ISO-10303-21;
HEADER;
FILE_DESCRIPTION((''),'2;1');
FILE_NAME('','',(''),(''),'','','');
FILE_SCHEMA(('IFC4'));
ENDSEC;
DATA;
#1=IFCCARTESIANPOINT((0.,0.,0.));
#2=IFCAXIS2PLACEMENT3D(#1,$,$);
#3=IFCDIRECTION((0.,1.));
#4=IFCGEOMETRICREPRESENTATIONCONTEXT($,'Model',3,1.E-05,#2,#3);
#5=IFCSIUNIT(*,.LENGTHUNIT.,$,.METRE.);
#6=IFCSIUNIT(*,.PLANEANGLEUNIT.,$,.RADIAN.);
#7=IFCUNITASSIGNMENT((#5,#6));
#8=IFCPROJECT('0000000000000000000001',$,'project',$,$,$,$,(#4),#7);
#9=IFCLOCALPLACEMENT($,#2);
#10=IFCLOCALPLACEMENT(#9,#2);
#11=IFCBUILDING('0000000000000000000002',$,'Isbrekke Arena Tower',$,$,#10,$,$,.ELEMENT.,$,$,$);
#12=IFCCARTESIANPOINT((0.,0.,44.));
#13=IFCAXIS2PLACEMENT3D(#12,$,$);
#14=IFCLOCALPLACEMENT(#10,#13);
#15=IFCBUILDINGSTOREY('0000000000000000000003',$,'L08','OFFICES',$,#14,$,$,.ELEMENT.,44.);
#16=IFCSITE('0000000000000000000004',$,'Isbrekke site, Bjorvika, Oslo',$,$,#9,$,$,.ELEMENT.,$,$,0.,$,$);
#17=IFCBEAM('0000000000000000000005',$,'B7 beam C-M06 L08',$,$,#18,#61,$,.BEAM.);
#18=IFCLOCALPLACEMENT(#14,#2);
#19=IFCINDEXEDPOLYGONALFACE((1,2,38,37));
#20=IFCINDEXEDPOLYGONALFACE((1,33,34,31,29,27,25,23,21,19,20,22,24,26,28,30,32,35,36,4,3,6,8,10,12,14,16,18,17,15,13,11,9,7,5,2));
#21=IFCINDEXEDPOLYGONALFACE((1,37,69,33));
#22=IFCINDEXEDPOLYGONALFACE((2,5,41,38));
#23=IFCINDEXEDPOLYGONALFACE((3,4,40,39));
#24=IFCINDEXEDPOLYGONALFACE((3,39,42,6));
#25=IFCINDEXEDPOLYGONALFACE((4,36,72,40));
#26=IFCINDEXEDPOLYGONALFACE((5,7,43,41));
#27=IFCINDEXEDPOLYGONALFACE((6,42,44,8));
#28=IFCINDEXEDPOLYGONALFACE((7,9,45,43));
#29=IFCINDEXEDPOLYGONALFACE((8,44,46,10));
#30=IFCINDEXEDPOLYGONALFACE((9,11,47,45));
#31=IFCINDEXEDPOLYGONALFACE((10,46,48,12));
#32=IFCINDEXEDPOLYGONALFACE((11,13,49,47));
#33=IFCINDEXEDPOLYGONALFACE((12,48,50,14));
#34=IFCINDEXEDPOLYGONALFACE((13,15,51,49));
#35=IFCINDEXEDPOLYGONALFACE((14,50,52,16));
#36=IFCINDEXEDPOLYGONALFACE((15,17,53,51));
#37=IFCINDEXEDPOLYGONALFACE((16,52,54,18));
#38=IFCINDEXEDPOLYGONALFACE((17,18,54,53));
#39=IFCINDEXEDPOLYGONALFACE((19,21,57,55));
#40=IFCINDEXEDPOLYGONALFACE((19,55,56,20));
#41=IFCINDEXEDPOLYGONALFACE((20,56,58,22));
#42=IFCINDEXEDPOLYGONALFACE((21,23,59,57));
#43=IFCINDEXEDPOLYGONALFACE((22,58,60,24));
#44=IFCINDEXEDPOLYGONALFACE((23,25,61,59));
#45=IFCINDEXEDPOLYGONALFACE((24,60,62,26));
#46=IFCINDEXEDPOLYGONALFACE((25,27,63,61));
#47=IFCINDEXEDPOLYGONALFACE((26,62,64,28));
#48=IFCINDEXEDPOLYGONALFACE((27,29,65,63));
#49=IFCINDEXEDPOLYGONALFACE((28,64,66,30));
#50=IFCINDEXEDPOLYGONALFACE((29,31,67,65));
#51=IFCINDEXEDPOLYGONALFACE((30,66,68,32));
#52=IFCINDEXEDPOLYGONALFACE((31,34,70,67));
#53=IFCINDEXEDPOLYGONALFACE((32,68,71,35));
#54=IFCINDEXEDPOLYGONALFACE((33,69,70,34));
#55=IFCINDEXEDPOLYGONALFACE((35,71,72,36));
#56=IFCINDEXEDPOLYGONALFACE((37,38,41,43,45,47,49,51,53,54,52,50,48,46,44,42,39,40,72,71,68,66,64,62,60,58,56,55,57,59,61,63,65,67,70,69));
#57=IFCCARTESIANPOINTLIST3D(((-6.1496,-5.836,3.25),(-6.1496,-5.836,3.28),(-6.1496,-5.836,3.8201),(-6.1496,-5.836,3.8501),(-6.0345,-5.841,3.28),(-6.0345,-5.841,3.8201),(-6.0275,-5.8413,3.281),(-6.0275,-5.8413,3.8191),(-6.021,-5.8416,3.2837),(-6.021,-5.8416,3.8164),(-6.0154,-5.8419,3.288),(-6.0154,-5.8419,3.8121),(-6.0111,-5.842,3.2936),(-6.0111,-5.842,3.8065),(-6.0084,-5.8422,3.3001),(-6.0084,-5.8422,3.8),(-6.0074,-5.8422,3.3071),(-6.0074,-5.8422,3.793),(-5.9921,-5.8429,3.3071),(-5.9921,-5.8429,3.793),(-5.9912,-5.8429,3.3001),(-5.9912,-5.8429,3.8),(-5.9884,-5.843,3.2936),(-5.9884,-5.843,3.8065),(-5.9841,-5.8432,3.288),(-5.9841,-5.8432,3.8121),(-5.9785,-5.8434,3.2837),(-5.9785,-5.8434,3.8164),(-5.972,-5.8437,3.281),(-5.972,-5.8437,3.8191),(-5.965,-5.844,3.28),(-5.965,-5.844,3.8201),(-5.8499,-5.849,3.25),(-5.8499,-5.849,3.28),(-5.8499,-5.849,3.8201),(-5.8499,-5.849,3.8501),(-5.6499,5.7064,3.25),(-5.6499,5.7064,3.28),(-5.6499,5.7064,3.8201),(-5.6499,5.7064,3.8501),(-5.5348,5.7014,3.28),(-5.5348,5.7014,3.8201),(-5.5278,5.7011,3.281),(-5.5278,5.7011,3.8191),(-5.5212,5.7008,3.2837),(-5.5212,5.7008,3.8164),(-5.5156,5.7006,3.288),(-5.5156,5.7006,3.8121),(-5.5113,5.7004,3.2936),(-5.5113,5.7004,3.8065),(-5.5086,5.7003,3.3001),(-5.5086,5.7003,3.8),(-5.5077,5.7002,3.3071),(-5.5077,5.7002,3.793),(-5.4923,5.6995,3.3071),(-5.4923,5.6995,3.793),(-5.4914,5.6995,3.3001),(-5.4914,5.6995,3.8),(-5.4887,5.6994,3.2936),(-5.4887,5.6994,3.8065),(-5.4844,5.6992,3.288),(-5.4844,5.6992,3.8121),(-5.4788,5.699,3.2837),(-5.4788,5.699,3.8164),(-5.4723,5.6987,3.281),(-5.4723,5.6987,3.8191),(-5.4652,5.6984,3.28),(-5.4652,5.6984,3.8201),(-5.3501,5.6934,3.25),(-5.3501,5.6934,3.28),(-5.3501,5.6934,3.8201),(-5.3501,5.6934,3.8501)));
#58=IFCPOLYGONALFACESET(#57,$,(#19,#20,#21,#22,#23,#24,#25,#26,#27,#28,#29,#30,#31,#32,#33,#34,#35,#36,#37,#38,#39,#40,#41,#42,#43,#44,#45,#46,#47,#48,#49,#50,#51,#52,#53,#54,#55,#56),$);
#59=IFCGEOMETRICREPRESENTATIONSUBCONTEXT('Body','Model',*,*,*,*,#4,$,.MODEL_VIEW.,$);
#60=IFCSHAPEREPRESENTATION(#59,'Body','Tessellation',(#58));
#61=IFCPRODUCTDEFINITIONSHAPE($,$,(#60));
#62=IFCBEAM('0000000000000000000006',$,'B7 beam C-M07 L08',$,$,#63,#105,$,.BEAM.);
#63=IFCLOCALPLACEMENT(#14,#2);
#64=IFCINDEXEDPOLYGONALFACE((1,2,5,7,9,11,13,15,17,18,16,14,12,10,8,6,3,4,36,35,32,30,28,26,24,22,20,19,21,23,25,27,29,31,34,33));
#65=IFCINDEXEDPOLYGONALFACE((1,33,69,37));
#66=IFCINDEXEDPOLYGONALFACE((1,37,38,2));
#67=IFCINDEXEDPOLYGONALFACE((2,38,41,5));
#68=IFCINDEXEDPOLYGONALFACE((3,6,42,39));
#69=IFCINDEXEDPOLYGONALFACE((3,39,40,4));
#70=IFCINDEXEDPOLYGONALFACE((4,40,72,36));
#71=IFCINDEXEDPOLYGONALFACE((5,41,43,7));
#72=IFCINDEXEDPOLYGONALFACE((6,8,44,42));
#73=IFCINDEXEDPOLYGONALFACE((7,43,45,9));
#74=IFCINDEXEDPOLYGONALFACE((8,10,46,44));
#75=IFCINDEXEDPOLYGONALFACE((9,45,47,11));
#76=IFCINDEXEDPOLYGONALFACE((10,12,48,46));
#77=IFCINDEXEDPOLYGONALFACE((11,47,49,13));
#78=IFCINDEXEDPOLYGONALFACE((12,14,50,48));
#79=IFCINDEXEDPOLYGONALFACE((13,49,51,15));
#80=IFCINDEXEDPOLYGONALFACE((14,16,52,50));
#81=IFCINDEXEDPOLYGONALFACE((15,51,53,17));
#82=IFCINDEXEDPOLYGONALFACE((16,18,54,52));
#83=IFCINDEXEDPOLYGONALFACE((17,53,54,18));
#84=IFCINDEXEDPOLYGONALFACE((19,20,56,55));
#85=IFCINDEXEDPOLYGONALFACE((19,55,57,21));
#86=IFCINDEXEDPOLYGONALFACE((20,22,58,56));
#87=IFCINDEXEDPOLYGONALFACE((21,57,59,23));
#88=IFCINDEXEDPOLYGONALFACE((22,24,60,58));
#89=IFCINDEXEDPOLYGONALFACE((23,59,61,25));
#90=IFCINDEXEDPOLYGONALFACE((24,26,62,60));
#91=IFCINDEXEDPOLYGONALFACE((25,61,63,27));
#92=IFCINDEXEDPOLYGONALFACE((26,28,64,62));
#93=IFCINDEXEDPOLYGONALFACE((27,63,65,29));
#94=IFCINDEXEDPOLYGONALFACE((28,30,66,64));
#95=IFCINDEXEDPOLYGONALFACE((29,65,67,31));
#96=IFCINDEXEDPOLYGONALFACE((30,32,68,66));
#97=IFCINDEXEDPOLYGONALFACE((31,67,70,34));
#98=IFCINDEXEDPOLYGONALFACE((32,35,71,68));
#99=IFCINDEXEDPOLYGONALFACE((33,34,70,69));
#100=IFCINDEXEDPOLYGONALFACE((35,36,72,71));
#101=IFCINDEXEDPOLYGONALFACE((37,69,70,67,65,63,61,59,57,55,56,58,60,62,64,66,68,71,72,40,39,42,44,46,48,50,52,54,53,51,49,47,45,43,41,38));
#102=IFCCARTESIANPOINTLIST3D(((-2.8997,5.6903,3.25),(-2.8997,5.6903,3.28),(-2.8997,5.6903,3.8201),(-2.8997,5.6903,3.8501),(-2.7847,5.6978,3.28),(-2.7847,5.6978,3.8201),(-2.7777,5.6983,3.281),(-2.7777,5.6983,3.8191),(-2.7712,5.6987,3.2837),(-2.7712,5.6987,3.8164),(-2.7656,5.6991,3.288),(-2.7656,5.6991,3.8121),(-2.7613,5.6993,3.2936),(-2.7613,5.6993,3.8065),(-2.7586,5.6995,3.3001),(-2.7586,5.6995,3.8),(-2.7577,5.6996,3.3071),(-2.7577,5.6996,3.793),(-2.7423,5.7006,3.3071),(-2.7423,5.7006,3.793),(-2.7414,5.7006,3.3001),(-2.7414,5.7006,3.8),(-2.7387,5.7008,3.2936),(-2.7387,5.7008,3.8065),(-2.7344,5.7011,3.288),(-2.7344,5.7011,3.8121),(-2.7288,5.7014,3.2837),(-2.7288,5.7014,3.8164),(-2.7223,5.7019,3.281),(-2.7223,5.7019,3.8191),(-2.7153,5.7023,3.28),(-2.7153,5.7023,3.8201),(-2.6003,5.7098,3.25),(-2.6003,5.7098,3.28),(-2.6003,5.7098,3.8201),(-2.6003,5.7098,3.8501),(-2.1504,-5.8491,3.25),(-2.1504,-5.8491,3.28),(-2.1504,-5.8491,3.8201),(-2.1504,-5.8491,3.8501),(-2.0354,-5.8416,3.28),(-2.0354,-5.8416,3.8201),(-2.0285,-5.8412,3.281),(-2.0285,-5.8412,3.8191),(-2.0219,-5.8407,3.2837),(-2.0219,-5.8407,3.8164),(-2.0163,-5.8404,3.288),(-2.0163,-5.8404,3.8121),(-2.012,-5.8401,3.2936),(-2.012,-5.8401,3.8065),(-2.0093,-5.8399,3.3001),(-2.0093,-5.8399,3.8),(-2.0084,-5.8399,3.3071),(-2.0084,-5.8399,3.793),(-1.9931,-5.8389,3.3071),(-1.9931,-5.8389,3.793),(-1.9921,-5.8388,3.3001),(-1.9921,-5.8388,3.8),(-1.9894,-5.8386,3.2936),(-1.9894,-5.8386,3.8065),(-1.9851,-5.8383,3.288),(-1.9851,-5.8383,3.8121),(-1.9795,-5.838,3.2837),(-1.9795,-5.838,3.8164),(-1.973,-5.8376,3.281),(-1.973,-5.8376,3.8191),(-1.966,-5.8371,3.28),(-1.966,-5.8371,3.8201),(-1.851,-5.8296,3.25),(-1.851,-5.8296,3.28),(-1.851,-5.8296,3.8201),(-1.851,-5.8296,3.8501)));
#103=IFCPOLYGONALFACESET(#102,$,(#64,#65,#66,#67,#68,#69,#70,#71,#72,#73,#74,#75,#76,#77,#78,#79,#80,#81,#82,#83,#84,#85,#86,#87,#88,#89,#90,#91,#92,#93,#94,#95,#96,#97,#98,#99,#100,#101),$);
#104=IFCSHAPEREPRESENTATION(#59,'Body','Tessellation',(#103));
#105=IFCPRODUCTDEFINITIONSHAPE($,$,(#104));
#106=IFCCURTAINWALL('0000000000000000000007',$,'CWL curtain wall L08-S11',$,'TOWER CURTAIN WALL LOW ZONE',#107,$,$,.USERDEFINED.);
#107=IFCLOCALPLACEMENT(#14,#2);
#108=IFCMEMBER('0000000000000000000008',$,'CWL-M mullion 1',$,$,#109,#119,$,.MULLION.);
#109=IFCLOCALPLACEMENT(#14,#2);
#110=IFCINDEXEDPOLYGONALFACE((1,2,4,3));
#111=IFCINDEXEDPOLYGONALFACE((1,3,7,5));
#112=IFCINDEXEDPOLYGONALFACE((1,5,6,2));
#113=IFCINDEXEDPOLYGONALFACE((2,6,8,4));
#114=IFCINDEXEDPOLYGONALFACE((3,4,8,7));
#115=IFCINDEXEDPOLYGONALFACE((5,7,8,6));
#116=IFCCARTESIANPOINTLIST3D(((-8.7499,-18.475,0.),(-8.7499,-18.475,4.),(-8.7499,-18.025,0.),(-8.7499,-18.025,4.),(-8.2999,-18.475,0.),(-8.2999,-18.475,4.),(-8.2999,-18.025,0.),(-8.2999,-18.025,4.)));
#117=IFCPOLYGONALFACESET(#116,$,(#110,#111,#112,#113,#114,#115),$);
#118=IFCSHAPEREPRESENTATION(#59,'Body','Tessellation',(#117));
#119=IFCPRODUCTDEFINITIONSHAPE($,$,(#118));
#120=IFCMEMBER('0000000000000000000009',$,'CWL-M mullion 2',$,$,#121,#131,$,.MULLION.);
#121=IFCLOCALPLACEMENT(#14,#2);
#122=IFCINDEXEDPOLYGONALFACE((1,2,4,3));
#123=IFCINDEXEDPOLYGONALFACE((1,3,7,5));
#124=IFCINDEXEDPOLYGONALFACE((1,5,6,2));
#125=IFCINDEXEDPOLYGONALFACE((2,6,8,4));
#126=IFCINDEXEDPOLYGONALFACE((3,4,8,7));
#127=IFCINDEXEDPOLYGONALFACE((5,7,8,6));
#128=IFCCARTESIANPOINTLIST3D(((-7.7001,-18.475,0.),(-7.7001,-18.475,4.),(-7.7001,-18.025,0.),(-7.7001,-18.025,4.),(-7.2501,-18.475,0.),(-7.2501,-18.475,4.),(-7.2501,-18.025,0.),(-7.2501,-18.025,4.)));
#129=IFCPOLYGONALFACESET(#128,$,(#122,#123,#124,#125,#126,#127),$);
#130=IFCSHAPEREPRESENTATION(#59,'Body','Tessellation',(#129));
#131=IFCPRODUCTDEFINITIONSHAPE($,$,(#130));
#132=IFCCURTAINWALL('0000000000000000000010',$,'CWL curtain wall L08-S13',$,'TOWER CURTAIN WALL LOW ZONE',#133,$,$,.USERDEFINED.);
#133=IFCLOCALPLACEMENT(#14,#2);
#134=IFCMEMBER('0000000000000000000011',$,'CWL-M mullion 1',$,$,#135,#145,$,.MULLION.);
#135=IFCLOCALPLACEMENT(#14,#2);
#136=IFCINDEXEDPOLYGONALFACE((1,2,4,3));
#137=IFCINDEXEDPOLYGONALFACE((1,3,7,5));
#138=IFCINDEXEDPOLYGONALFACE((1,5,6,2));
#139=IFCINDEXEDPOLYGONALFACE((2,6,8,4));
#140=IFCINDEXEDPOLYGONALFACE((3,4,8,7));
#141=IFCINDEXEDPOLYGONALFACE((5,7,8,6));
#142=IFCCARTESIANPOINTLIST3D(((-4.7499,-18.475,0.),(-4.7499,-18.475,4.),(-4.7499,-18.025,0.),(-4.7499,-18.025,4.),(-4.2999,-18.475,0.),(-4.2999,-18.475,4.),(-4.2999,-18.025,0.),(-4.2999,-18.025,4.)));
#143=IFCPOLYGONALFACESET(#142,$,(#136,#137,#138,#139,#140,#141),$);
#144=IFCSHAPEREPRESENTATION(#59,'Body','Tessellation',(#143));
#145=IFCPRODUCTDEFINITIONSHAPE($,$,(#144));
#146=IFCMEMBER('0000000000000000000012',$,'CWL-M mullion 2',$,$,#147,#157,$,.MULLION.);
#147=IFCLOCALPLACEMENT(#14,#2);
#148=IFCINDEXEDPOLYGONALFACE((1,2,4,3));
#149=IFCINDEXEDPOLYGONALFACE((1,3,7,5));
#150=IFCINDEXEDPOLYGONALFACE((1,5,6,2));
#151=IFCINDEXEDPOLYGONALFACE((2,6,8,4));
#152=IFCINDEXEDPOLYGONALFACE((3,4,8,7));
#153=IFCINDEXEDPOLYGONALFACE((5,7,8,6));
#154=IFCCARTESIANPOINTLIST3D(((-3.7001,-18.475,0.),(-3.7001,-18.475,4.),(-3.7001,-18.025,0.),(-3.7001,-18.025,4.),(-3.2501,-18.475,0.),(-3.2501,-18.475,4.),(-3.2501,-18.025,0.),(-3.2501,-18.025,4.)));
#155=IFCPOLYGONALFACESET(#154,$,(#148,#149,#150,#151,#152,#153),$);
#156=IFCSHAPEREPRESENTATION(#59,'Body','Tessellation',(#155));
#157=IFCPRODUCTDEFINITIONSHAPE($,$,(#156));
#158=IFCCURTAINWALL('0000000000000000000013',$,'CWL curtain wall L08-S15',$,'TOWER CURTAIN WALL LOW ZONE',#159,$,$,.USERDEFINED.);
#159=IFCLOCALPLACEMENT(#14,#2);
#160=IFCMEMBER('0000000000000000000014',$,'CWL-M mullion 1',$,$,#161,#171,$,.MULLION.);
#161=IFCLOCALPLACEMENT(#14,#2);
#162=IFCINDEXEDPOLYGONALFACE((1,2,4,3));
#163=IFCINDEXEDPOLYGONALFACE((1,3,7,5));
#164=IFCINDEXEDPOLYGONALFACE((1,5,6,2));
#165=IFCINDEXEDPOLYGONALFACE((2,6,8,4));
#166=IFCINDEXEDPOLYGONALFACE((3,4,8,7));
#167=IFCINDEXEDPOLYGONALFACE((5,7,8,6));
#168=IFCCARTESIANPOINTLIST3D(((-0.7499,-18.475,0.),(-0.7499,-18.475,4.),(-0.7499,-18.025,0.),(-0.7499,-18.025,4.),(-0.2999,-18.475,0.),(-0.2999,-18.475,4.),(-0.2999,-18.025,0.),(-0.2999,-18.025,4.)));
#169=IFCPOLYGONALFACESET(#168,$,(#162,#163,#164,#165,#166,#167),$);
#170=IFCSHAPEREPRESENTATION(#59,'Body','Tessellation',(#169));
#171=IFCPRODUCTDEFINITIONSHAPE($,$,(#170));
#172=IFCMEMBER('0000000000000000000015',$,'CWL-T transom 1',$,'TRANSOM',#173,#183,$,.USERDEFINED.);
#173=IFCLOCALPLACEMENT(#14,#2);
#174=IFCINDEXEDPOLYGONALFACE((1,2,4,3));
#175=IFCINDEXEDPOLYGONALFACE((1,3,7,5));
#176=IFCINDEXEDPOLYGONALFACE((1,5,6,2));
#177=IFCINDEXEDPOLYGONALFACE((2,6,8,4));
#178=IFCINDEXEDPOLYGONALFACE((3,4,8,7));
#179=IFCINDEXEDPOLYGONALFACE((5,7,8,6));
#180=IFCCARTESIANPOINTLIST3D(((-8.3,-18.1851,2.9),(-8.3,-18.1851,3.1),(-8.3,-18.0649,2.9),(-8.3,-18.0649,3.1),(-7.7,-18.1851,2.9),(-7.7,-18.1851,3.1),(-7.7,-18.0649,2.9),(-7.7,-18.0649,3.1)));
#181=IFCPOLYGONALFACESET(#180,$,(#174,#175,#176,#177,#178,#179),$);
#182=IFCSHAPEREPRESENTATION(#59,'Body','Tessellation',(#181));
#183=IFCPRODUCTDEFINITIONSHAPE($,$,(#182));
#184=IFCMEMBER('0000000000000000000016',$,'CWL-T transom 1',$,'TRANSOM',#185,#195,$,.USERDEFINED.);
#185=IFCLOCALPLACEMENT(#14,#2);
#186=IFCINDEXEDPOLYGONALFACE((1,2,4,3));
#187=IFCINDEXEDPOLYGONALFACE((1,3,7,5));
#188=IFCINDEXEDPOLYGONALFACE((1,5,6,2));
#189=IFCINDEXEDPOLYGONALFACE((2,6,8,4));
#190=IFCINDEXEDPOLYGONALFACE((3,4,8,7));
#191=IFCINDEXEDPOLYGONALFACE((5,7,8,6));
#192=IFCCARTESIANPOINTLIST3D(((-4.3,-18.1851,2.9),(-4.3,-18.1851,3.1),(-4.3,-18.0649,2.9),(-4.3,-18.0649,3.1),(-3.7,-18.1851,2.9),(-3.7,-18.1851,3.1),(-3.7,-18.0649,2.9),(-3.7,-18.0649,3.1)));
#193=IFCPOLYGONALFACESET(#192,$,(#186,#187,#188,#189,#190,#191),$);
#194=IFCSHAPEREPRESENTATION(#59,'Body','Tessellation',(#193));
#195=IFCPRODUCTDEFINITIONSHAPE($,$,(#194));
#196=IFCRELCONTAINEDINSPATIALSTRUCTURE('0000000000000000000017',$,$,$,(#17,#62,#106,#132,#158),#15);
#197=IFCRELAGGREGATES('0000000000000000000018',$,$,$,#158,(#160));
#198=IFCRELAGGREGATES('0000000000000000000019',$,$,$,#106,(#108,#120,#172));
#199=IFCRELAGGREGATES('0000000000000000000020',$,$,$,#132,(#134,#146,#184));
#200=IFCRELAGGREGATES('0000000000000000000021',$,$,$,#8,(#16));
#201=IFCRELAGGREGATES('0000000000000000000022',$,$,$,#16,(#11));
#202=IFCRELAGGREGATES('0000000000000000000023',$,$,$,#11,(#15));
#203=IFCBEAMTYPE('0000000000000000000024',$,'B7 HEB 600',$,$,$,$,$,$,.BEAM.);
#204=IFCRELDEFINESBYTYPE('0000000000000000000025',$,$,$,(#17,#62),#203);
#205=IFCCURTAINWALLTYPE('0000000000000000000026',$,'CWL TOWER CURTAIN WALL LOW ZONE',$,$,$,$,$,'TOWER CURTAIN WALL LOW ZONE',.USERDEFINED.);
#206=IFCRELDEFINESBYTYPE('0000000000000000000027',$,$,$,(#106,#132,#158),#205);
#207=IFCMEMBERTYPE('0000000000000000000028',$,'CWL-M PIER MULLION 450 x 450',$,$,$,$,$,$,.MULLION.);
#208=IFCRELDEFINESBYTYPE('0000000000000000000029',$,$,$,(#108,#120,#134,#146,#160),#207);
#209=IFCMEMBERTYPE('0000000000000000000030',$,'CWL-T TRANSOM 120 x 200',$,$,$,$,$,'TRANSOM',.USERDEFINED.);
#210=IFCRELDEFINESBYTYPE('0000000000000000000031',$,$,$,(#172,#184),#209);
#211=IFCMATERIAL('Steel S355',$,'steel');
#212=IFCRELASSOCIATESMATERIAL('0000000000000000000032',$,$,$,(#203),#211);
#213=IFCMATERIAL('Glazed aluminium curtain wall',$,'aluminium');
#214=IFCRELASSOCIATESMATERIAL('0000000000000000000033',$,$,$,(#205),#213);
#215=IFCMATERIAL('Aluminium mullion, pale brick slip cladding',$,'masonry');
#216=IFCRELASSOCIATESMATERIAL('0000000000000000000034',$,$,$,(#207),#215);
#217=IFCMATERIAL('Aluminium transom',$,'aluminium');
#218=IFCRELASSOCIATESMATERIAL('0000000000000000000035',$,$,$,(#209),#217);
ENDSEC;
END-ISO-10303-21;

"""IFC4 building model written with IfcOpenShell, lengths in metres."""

from ifc_helpers import new_model, si_unit, direction, frame, origin, origin_2d, place, context, subcontext, project, spatial, rectangle, i_section, extrude, material, material_profile, profile_set, type_object, element, aggregate, save


model = new_model("IFC4")

# Units and contexts
model_context = context("Model", 3, precision=1e-05, world=origin(), true_north=direction((0.0, 1.0)))
body_context = subcontext(model_context, "Body", "Model", "MODEL_VIEW")
ifc_project = project(units=[si_unit("LENGTHUNIT", "METRE"), si_unit("PLANEANGLEUNIT", "RADIAN")], contexts=[model_context])

# Site, building, storey
site_placement = place(None, origin())
site = spatial("IfcSite", under=ifc_project, at=site_placement, Name="Isbrekke site, Bjorvika, Oslo", CompositionType="ELEMENT", RefElevation=0.0)
building_placement = place(site_placement, origin())
building = spatial("IfcBuilding", under=site, at=building_placement, Name="Isbrekke Arena Tower", CompositionType="ELEMENT")
storey_placement = place(building_placement, frame((0.0, 0.0, 44.0)))
storey = spatial("IfcBuildingStorey", under=building, at=storey_placement, Name="L08", Description="OFFICES", CompositionType="ELEMENT", Elevation=44.0)

# Beams
ifc_material_1 = material(Name="Steel S355", Category="steel")
ifc_material_profile_1 = material_profile(ifc_material_1, i_section(OverallWidth=0.3, OverallDepth=0.6001, WebThickness=0.0154, FlangeThickness=0.03, FilletRadius=0.0271, at=origin_2d()), Name="HEB 600")
ifc_profile_set_1 = profile_set([ifc_material_profile_1], Name="Steel S355")
beam_type_1 = type_object("IfcBeamType", Name="B7 HEB 600", PredefinedType="BEAM", material=ifc_profile_set_1)
beam_1_placement = place(storey_placement, frame((-5.9998, -5.8425, 3.55), z_axis=(0.043257, 0.999064, 0.0), x_axis=(-0.999064, 0.043257, 0.0)))
element("IfcBeam", 1, at=beam_1_placement, inside=storey, type_object=beam_type_1, Name="B7 beam C-M06 L08", PredefinedType="BEAM", context=body_context, shape_type="SweptSolid", body=[
    extrude(i_section(OverallWidth=0.3, OverallDepth=0.6001, WebThickness=0.0154, FlangeThickness=0.03, FilletRadius=0.0271, at=origin_2d()), origin(), (0.0, 0.0, 1.0), 11.5532),
])
beam_2_placement = place(storey_placement, frame((-2.0007, -5.8394, 3.55), z_axis=(-0.064795, 0.997899, 0.0), x_axis=(-0.997899, -0.064795, 0.0)))
element("IfcBeam", 2, at=beam_2_placement, inside=storey, type_object=beam_type_1, Name="B7 beam C-M07 L08", PredefinedType="BEAM", context=body_context, shape_type="SweptSolid", body=[
    extrude(i_section(OverallWidth=0.3, OverallDepth=0.6001, WebThickness=0.0154, FlangeThickness=0.03, FilletRadius=0.0271, at=origin_2d()), origin(), (0.0, 0.0, 1.0), 11.5637),
])

# Curtain walls, members
ifc_material_2 = material(Name="Glazed aluminium curtain wall", Category="aluminium")
curtain_wall_type = type_object("IfcCurtainWallType", Name="CWL TOWER CURTAIN WALL LOW ZONE", ElementType="TOWER CURTAIN WALL LOW ZONE", PredefinedType="USERDEFINED", material=ifc_material_2)
curtain_wall_1_placement = place(storey_placement, origin())
curtain_wall_1 = element("IfcCurtainWall", 3, at=curtain_wall_1_placement, inside=storey, type_object=curtain_wall_type, Name="CWL curtain wall L08-S11", ObjectType="TOWER CURTAIN WALL LOW ZONE", PredefinedType="USERDEFINED")
ifc_material_3 = material(Name="Aluminium mullion, pale brick slip cladding", Category="masonry")
ifc_material_profile_2 = material_profile(ifc_material_3, rectangle(XDim=0.45, YDim=0.45, at=origin_2d()), Name="PIER 450X450")
ifc_profile_set_2 = profile_set([ifc_material_profile_2], Name="Aluminium mullion, pale brick slip cladding")
member_type_1 = type_object("IfcMemberType", Name="CWL-M PIER MULLION 450 x 450", PredefinedType="MULLION", material=ifc_profile_set_2)
member_1_placement = place(storey_placement, frame((-8.5249, -18.25, 0.0), z_axis=(0.0, 0.0, 1.0), x_axis=(1.0, 0.0, 0.0)))
member_1 = element("IfcMember", 4, at=member_1_placement, type_object=member_type_1, Name="CWL-M mullion 1", PredefinedType="MULLION", context=body_context, shape_type="SweptSolid", body=[
    extrude(rectangle(XDim=0.45, YDim=0.45, at=origin_2d()), origin(), (0.0, 0.0, 1.0), 4.0),
])
member_2_placement = place(storey_placement, frame((-7.4751, -18.25, 0.0), z_axis=(0.0, 0.0, 1.0), x_axis=(1.0, 0.0, 0.0)))
member_2 = element("IfcMember", 5, at=member_2_placement, type_object=member_type_1, Name="CWL-M mullion 2", PredefinedType="MULLION", context=body_context, shape_type="SweptSolid", body=[
    extrude(rectangle(XDim=0.45, YDim=0.45, at=origin_2d()), origin(), (0.0, 0.0, 1.0), 4.0),
])
curtain_wall_2_placement = place(storey_placement, origin())
curtain_wall_2 = element("IfcCurtainWall", 6, at=curtain_wall_2_placement, inside=storey, type_object=curtain_wall_type, Name="CWL curtain wall L08-S13", ObjectType="TOWER CURTAIN WALL LOW ZONE", PredefinedType="USERDEFINED")
member_3_placement = place(storey_placement, frame((-4.5249, -18.25, 0.0), z_axis=(0.0, 0.0, 1.0), x_axis=(1.0, 0.0, 0.0)))
member_3 = element("IfcMember", 7, at=member_3_placement, type_object=member_type_1, Name="CWL-M mullion 1", PredefinedType="MULLION", context=body_context, shape_type="SweptSolid", body=[
    extrude(rectangle(XDim=0.45, YDim=0.45, at=origin_2d()), origin(), (0.0, 0.0, 1.0), 4.0),
])
member_4_placement = place(storey_placement, frame((-3.4751, -18.25, 0.0), z_axis=(0.0, 0.0, 1.0), x_axis=(1.0, 0.0, 0.0)))
member_4 = element("IfcMember", 8, at=member_4_placement, type_object=member_type_1, Name="CWL-M mullion 2", PredefinedType="MULLION", context=body_context, shape_type="SweptSolid", body=[
    extrude(rectangle(XDim=0.45, YDim=0.45, at=origin_2d()), origin(), (0.0, 0.0, 1.0), 4.0),
])

# Curtain wall, member
curtain_wall_3_placement = place(storey_placement, origin())
curtain_wall_3 = element("IfcCurtainWall", 9, at=curtain_wall_3_placement, inside=storey, type_object=curtain_wall_type, Name="CWL curtain wall L08-S15", ObjectType="TOWER CURTAIN WALL LOW ZONE", PredefinedType="USERDEFINED")
member_5_placement = place(storey_placement, frame((-0.5249, -18.25, 0.0), z_axis=(0.0, 0.0, 1.0), x_axis=(1.0, 0.0, 0.0)))
member_5 = element("IfcMember", 10, at=member_5_placement, type_object=member_type_1, Name="CWL-M mullion 1", PredefinedType="MULLION", context=body_context, shape_type="SweptSolid", body=[
    extrude(rectangle(XDim=0.45, YDim=0.45, at=origin_2d()), origin(), (0.0, 0.0, 1.0), 4.0),
])

# Members
ifc_material_4 = material(Name="Aluminium transom", Category="aluminium")
ifc_material_profile_3 = material_profile(ifc_material_4, rectangle(XDim=0.1201, YDim=0.2, at=origin_2d()), Name="TRANSOM 120X200")
ifc_profile_set_3 = profile_set([ifc_material_profile_3], Name="Aluminium transom")
member_type_2 = type_object("IfcMemberType", Name="CWL-T TRANSOM 120 x 200", ElementType="TRANSOM", PredefinedType="USERDEFINED", material=ifc_profile_set_3)
member_6_placement = place(storey_placement, frame((-8.3, -18.125, 3.0), z_axis=(1.0, 0.0, 0.0), x_axis=(0.0, 1.0, 0.0)))
member_6 = element("IfcMember", 11, at=member_6_placement, type_object=member_type_2, Name="CWL-T transom 1", ObjectType="TRANSOM", PredefinedType="USERDEFINED", context=body_context, shape_type="SweptSolid", body=[
    extrude(rectangle(XDim=0.1201, YDim=0.2, at=origin_2d()), origin(), (0.0, 0.0, 1.0), 0.6001),
])
member_7_placement = place(storey_placement, frame((-4.3, -18.125, 3.0), z_axis=(1.0, 0.0, 0.0), x_axis=(0.0, 1.0, 0.0)))
member_7 = element("IfcMember", 12, at=member_7_placement, type_object=member_type_2, Name="CWL-T transom 1", ObjectType="TRANSOM", PredefinedType="USERDEFINED", context=body_context, shape_type="SweptSolid", body=[
    extrude(rectangle(XDim=0.1201, YDim=0.2, at=origin_2d()), origin(), (0.0, 0.0, 1.0), 0.6001),
])
aggregate(curtain_wall_3, [member_5])

aggregate(curtain_wall_1, [member_1, member_2, member_6])
aggregate(curtain_wall_2, [member_3, member_4, member_7])

save(model, "model.ifc")
